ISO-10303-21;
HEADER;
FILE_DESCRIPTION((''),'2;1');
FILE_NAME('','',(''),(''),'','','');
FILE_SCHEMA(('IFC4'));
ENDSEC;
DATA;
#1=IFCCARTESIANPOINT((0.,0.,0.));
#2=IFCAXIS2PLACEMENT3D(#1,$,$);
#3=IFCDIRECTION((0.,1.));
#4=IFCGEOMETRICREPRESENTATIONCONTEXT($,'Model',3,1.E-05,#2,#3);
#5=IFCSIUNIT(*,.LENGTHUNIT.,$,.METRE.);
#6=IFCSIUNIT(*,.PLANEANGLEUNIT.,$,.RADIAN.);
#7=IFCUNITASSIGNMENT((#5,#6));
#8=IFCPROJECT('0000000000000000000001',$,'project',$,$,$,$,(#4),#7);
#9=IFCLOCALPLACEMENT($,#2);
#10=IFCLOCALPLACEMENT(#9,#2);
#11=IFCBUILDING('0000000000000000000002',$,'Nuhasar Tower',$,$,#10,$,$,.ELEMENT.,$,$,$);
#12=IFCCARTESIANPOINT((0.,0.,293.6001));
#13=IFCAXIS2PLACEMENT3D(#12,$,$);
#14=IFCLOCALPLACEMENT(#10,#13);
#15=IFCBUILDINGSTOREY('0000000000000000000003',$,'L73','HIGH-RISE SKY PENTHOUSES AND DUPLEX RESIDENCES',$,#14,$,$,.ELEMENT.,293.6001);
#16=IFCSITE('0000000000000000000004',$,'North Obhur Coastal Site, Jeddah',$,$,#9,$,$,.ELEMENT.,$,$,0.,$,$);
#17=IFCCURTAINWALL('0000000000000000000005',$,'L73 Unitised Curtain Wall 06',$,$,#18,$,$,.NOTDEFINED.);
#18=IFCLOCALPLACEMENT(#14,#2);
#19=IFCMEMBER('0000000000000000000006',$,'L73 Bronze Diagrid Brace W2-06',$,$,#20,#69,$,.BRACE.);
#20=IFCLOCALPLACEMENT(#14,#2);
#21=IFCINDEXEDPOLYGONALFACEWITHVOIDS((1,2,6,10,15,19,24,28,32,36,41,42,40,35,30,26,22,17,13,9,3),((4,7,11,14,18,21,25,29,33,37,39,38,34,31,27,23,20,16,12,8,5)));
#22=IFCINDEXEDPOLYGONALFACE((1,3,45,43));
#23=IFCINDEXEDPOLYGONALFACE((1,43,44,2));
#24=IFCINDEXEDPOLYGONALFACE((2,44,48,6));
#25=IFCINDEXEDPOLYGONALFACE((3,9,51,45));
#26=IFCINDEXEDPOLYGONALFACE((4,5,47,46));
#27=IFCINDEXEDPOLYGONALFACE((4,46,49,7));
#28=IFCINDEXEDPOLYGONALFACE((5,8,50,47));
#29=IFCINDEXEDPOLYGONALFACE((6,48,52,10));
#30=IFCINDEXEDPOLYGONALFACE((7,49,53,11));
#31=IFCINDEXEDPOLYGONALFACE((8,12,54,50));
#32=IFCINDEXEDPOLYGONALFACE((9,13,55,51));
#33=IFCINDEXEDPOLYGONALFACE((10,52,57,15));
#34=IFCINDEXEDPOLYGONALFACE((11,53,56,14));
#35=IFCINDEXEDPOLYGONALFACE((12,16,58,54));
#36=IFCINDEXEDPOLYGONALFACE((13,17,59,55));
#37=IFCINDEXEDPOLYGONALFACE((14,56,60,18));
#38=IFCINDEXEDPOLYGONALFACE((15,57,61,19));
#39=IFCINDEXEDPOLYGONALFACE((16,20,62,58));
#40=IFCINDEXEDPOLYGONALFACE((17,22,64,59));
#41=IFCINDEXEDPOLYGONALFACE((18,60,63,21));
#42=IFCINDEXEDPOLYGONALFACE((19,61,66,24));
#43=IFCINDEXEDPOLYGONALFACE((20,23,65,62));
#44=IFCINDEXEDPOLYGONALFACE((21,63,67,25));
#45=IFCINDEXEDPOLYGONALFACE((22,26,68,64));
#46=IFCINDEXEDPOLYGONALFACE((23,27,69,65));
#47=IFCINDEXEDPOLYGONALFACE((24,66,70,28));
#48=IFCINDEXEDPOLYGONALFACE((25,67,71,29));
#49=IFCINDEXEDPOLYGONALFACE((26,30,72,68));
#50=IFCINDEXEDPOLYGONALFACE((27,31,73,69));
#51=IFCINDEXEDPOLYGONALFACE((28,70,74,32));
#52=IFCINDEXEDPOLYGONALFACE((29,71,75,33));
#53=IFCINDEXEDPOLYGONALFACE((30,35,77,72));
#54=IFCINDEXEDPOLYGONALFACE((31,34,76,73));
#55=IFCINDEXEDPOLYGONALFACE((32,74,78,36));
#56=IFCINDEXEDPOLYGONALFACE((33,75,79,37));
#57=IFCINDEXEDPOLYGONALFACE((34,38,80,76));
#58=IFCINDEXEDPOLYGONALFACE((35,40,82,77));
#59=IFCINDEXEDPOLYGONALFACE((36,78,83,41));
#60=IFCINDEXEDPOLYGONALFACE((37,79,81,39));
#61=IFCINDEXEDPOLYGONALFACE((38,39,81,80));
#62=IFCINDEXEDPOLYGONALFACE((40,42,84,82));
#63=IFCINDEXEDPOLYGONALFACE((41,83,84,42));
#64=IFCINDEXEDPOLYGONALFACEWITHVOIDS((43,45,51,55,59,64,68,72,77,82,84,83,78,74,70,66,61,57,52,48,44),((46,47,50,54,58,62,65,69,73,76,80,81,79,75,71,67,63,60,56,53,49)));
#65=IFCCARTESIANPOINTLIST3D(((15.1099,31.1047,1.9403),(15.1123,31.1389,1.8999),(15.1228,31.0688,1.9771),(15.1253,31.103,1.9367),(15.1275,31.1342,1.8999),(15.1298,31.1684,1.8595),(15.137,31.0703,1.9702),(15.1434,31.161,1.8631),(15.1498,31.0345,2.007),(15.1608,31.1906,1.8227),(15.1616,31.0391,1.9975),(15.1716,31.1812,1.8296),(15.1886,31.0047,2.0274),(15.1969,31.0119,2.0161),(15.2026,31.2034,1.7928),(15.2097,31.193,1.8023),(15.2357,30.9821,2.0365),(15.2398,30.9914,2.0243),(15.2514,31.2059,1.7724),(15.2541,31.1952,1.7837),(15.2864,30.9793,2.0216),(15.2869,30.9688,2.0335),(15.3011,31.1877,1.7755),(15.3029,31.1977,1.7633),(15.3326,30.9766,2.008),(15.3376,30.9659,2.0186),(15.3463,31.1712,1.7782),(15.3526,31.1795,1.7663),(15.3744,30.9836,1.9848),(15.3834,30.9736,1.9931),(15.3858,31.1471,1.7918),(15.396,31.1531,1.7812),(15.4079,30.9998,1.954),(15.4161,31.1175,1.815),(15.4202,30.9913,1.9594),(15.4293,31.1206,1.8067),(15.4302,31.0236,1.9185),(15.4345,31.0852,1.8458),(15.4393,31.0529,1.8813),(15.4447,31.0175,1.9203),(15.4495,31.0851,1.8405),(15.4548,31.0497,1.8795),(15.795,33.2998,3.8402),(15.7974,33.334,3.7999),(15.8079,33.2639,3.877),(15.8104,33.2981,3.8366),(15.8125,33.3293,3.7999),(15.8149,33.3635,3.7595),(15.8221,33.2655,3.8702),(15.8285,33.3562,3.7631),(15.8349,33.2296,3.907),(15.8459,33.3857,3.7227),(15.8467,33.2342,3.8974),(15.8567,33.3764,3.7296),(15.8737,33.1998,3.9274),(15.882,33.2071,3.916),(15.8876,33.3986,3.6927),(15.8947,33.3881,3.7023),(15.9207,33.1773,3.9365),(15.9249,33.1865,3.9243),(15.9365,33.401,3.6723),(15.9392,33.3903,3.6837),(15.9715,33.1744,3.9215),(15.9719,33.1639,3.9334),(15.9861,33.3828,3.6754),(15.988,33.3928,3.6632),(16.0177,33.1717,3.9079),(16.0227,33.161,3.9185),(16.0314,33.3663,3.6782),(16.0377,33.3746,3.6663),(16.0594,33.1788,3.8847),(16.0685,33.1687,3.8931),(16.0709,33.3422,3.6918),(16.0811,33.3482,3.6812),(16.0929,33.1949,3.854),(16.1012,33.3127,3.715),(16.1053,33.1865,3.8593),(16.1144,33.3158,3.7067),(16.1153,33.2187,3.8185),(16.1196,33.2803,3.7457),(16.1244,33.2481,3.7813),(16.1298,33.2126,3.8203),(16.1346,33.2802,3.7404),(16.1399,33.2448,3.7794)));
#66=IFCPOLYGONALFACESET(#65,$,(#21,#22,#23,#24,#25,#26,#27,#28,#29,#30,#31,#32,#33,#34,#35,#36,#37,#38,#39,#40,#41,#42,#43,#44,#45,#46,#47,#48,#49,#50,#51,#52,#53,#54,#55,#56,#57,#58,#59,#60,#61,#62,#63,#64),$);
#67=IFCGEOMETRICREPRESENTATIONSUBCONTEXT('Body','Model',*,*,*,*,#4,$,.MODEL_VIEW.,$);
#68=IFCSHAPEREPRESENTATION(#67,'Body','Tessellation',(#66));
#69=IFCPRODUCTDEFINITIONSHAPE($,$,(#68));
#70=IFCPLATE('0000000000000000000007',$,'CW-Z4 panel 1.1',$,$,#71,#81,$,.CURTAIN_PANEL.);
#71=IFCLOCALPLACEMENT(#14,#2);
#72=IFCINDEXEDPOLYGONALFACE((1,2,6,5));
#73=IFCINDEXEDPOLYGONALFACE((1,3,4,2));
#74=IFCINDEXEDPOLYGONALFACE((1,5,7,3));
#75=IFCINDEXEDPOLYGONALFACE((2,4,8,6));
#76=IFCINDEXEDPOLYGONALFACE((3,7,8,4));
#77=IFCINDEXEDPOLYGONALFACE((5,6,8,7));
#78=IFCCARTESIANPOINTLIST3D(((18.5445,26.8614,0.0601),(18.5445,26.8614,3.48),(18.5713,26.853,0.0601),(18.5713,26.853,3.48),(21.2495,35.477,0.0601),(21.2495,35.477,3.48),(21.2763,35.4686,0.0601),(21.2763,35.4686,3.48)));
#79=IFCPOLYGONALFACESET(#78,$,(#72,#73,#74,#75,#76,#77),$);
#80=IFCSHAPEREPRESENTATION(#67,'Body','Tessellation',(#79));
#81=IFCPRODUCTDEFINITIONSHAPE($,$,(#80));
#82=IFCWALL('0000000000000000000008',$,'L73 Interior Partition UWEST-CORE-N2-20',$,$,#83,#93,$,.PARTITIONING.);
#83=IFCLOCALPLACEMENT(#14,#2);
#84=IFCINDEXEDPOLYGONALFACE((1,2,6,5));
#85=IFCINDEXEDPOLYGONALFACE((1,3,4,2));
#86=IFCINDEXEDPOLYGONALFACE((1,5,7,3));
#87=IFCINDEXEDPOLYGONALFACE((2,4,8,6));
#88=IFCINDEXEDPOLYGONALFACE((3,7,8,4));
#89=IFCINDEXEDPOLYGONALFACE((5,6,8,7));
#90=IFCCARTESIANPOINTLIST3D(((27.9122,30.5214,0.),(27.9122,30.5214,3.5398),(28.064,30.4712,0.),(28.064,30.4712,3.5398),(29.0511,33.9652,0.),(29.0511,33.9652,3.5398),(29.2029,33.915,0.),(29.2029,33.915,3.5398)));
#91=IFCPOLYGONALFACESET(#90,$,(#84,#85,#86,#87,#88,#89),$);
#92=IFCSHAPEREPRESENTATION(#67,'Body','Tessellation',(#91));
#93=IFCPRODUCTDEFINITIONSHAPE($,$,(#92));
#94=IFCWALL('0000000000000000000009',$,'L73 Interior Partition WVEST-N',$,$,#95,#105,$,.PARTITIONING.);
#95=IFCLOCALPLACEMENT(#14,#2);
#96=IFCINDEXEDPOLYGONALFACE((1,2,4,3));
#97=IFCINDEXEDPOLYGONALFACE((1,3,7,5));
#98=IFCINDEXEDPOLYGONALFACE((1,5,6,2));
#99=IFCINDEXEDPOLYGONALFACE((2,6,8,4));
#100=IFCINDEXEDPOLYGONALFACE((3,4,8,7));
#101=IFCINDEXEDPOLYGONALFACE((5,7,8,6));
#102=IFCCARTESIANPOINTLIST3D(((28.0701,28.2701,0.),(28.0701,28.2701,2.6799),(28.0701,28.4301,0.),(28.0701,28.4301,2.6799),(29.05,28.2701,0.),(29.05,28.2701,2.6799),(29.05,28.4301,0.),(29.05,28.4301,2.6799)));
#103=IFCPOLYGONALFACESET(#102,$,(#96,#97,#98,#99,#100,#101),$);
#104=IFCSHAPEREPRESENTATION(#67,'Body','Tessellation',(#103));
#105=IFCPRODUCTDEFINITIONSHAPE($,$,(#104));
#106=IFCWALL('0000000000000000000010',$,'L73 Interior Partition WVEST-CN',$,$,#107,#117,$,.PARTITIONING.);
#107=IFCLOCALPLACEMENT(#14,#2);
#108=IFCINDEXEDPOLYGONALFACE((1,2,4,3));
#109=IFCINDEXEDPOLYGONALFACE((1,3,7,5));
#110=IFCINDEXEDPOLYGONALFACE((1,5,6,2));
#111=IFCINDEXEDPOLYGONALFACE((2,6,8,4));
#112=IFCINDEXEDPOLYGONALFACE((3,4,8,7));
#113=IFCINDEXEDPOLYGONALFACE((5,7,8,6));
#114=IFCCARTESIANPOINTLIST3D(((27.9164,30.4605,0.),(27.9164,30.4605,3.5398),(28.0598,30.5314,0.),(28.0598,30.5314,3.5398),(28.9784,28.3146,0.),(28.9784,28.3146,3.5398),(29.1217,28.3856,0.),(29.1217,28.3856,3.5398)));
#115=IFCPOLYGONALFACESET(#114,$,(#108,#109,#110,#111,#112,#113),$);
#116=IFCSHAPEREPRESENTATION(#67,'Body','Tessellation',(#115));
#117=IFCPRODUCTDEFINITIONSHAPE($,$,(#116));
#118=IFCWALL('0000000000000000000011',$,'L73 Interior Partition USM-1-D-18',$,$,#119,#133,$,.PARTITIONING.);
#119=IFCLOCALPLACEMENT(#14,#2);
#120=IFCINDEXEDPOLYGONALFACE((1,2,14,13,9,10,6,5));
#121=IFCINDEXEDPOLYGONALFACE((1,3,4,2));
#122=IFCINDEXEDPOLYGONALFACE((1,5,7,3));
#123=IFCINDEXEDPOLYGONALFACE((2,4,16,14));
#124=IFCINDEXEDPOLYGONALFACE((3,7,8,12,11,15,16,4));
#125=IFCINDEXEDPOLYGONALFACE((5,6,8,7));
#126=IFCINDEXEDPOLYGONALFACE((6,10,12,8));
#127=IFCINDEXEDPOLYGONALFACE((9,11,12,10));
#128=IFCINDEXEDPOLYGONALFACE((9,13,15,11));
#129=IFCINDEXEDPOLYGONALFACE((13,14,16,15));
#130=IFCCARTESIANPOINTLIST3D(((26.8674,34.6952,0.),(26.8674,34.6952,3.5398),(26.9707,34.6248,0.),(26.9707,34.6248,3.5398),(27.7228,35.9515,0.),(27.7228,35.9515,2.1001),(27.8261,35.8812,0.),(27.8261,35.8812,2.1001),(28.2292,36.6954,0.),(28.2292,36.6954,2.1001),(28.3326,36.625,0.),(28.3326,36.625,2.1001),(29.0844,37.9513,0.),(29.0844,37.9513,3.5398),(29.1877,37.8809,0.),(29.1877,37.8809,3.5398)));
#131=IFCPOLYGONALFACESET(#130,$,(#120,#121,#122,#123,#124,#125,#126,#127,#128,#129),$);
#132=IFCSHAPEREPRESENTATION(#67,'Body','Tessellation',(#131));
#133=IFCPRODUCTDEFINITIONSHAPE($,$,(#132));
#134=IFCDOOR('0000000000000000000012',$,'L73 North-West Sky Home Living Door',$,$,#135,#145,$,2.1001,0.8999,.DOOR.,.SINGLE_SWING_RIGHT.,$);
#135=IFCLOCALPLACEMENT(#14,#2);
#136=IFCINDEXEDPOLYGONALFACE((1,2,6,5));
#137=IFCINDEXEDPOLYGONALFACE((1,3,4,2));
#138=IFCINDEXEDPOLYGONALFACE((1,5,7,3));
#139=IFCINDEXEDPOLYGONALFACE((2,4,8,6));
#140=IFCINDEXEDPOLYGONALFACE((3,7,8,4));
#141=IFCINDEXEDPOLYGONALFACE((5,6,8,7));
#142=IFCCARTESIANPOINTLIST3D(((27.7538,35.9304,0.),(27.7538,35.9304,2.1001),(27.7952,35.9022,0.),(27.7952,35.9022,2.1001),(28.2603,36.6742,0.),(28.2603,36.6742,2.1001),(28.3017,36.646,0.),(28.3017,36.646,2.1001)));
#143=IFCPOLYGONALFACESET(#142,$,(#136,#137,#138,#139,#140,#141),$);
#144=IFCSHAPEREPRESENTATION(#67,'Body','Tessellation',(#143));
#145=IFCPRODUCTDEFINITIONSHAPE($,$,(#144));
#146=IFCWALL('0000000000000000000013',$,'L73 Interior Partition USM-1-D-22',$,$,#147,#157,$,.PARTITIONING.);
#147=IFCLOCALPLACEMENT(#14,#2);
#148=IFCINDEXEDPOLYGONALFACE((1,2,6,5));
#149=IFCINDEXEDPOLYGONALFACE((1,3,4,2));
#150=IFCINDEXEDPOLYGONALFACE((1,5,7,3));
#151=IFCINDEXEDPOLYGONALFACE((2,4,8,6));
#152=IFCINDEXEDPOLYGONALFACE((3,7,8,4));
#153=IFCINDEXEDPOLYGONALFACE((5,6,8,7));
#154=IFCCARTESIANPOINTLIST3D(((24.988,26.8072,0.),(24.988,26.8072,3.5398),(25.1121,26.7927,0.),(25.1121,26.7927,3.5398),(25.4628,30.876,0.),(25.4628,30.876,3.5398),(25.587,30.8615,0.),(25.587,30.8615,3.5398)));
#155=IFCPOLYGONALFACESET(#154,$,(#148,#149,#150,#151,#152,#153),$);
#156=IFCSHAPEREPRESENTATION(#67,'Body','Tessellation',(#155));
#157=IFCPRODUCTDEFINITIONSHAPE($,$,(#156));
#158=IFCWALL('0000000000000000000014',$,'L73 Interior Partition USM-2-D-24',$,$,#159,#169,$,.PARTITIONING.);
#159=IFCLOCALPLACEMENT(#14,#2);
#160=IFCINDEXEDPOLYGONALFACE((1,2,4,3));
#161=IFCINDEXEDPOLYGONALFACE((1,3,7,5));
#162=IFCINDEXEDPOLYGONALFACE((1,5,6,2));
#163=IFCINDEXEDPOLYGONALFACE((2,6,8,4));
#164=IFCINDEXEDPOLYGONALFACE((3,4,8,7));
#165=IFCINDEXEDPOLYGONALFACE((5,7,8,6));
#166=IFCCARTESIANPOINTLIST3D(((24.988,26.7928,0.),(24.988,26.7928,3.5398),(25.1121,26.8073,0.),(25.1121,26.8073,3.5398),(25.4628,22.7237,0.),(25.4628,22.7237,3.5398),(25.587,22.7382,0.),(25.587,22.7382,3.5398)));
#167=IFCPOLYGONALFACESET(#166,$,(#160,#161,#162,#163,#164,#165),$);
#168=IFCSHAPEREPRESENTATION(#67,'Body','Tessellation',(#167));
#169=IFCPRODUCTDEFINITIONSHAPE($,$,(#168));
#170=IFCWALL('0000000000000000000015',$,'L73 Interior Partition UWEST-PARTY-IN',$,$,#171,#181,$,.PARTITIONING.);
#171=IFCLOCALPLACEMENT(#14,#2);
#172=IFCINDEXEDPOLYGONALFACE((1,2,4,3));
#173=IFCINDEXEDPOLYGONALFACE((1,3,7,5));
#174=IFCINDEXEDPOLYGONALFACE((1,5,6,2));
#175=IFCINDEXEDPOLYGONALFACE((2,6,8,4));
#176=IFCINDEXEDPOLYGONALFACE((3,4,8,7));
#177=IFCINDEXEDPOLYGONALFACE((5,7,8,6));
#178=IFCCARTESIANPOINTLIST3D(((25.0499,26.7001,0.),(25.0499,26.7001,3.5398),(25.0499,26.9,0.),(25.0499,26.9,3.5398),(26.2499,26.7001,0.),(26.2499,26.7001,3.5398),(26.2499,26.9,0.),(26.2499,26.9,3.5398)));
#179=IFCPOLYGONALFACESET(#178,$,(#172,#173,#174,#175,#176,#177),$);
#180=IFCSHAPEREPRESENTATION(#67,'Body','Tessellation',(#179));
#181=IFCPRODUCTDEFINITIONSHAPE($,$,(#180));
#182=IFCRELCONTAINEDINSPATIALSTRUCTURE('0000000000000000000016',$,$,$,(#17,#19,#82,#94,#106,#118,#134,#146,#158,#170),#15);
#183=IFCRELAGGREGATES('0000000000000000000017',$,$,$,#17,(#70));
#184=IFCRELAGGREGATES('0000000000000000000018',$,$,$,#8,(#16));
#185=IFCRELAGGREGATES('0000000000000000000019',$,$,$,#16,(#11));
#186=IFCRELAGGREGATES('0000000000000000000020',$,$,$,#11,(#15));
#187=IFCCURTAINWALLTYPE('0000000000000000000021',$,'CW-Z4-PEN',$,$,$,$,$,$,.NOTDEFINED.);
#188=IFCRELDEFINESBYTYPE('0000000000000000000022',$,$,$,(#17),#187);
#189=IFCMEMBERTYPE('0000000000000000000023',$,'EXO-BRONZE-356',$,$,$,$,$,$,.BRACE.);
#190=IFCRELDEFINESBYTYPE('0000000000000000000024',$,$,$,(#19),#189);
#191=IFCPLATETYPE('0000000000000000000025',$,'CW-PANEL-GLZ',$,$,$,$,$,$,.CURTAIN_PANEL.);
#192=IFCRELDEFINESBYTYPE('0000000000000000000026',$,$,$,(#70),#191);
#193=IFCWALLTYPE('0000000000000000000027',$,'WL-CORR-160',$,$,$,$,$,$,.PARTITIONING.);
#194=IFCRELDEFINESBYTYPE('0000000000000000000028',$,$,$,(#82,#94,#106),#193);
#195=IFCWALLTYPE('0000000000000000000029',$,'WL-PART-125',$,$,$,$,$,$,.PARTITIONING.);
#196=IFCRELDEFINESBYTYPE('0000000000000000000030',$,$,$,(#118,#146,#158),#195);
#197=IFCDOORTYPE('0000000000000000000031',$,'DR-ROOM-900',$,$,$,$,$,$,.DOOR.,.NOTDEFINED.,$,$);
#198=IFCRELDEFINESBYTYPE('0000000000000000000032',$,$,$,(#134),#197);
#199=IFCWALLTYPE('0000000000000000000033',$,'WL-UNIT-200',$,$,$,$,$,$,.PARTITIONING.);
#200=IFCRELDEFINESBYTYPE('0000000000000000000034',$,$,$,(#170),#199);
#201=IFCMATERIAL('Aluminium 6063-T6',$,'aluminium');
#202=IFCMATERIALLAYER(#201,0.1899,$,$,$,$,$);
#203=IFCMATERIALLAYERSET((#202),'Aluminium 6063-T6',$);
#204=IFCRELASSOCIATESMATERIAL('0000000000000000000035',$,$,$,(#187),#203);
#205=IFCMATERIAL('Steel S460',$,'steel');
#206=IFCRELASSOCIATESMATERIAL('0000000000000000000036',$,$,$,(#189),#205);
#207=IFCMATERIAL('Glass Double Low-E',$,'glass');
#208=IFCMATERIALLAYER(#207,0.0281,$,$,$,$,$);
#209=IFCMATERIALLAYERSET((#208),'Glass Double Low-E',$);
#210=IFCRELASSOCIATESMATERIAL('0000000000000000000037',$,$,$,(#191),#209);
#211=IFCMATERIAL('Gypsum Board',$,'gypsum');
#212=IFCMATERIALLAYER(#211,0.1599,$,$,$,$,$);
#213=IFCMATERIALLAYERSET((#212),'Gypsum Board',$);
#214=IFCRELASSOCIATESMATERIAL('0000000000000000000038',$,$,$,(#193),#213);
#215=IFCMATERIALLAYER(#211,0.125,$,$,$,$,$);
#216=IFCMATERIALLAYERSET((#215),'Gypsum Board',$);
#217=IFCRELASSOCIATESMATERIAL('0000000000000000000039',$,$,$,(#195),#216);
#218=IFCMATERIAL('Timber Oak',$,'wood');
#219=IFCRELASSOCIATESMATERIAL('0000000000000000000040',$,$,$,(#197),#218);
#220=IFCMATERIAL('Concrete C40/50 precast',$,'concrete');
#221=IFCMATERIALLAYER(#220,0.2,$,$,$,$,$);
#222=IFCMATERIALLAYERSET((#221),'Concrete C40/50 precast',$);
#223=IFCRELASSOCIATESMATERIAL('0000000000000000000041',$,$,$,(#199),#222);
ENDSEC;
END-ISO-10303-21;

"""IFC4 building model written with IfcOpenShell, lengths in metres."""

from ifc_helpers import new_model, si_unit, direction, frame, frame_2d, origin, origin_2d, place, context, subcontext, project, spatial, rectangle, hollow_circle, extrude, material, layer, layer_set, material_profile, profile_set, type_object, element, fill, aggregate, save


model = new_model("IFC4")

# Units and contexts
model_context = context("Model", 3, precision=1e-05, world=origin(), true_north=direction((0.0, 1.0)))
body_context = subcontext(model_context, "Body", "Model", "MODEL_VIEW")
ifc_project = project(units=[si_unit("LENGTHUNIT", "METRE"), si_unit("PLANEANGLEUNIT", "RADIAN")], contexts=[model_context])

# Site, building, storey
site_placement = place(None, origin())
site = spatial("IfcSite", under=ifc_project, at=site_placement, Name="North Obhur Coastal Site, Jeddah", CompositionType="ELEMENT", RefElevation=0.0)
building_placement = place(site_placement, origin())
building = spatial("IfcBuilding", under=site, at=building_placement, Name="Nuhasar Tower", CompositionType="ELEMENT")
storey_placement = place(building_placement, frame((0.0, 0.0, 293.6001)))
storey = spatial("IfcBuildingStorey", under=building, at=storey_placement, Name="L73", Description="HIGH-RISE SKY PENTHOUSES AND DUPLEX RESIDENCES", CompositionType="ELEMENT", Elevation=293.6001)

# Curtain wall
ifc_material_1 = material(Name="Aluminium 6063-T6", Category="aluminium")
ifc_layer_1 = layer(ifc_material_1, 0.1899)
ifc_layer_set_1 = layer_set([ifc_layer_1], Name="Aluminium 6063-T6")
curtain_wall_type = type_object("IfcCurtainWallType", Name="CW-Z4-PEN", PredefinedType="NOTDEFINED", material=ifc_layer_set_1)
curtain_wall_placement = place(storey_placement, origin())
curtain_wall = element("IfcCurtainWall", 1, at=curtain_wall_placement, inside=storey, type_object=curtain_wall_type, Name="L73 Unitised Curtain Wall 06", PredefinedType="NOTDEFINED")

# Member
ifc_material_2 = material(Name="Steel S460", Category="steel")
ifc_material_profile_1 = material_profile(ifc_material_2, hollow_circle(Radius=0.1777, WallThickness=0.0159, at=origin_2d()), Name="HSS355.6X15.9")
ifc_profile_set_1 = profile_set([ifc_material_profile_1], Name="Steel S460")
member_type_1 = type_object("IfcMemberType", Name="EXO-BRONZE-356", PredefinedType="BRACE", material=ifc_profile_set_1)
for number, where, z_axis, x_axis, name in (
    (2, (15.282, 31.0859, 1.8999), (0.229668, 0.735902, 0.636947), (-0.954591, 0.297918, 0.0), "L73 Bronze Diagrid Brace W2-06"),
):
    element("IfcMember", number, at=place(storey_placement, frame(where, z_axis=z_axis, x_axis=x_axis)), inside=storey, type_object=member_type_1, Name=name, PredefinedType="BRACE", context=body_context, shape_type="SweptSolid", body=[
        extrude(hollow_circle(Radius=0.1777, WallThickness=0.0159, at=origin_2d()), origin(), (0.0, 0.0, 1.0), 2.9829),
    ])

# Plate
ifc_material_3 = material(Name="Glass Double Low-E", Category="glass")
ifc_layer_2 = layer(ifc_material_3, 0.0281)
ifc_layer_set_2 = layer_set([ifc_layer_2], Name="Glass Double Low-E")
plate_type = type_object("IfcPlateType", Name="CW-PANEL-GLZ", PredefinedType="CURTAIN_PANEL", material=ifc_layer_set_2)
plate_placement = place(storey_placement, frame((19.9104, 31.165, 0.0601), z_axis=(0.0, 0.0, 1.0), x_axis=(-0.299557, -0.954079, 0.0)))
plate = element("IfcPlate", 3, at=plate_placement, type_object=plate_type, Name="CW-Z4 panel 1.1", PredefinedType="CURTAIN_PANEL", context=body_context, shape_type="SweptSolid", body=[
    extrude(rectangle(XDim=9.0303, YDim=0.0281, at=origin_2d()), origin(), (0.0, 0.0, 1.0), 3.4199),
])
aggregate(curtain_wall, [plate])

# Wall
ifc_material_4 = material(Name="Gypsum Board", Category="gypsum")
ifc_layer_3 = layer(ifc_material_4, 0.1599)
ifc_layer_set_3 = layer_set([ifc_layer_3], Name="Gypsum Board")
wall_type_1 = type_object("IfcWallType", Name="WL-CORR-160", PredefinedType="PARTITIONING", material=ifc_layer_set_3)
wall_1_placement = place(storey_placement, frame((29.127, 33.9399, 0.0), z_axis=(0.0, 0.0, 1.0), x_axis=(-0.313986, -0.949428, 0.0)))
element("IfcWall", 4, at=wall_1_placement, inside=storey, type_object=wall_type_1, Name="L73 Interior Partition UWEST-CORE-N2-20", PredefinedType="PARTITIONING", context=body_context, shape_type="SweptSolid", body=[
    extrude(rectangle(XDim=3.6272, YDim=0.1599, at=frame_2d((1.8135, 0.0))), origin(), (0.0, 0.0, 1.0), 3.5398),
])

# Shared definitions
ifc_material_5 = material(Name="Timber Oak", Category="wood")

# Walls
wall_2_placement = place(storey_placement, frame((28.0701, 28.3501, 0.0), z_axis=(0.0, 0.0, 1.0), x_axis=(1.0, 0.0, 0.0)))
element("IfcWall", 5, at=wall_2_placement, inside=storey, type_object=wall_type_1, Name="L73 Interior Partition WVEST-N", PredefinedType="PARTITIONING", context=body_context, shape_type="SweptSolid", body=[
    extrude(rectangle(XDim=0.98, YDim=0.1599, at=frame_2d((0.49, 0.0))), origin(), (0.0, 0.0, 1.0), 2.6799),
])
wall_3_placement = place(storey_placement, frame((27.988, 30.4961, 0.0), z_axis=(0.0, 0.0, 1.0), x_axis=(0.443539, -0.896255, 0.0)))
element("IfcWall", 6, at=wall_3_placement, inside=storey, type_object=wall_type_1, Name="L73 Interior Partition WVEST-CN", PredefinedType="PARTITIONING", context=body_context, shape_type="SweptSolid", body=[
    extrude(rectangle(XDim=2.3943, YDim=0.1599, at=frame_2d((1.1973, 0.0))), origin(), (0.0, 0.0, 1.0), 3.5398),
])

# Wall, opening, door
ifc_layer_4 = layer(ifc_material_4, 0.125)
ifc_layer_set_4 = layer_set([ifc_layer_4], Name="Gypsum Board")
wall_type_2 = type_object("IfcWallType", Name="WL-PART-125", PredefinedType="PARTITIONING", material=ifc_layer_set_4)
wall_4_placement = place(storey_placement, frame((26.9189, 34.6599, 0.0), z_axis=(0.0, 0.0, 1.0), x_axis=(0.562812, 0.826585, 0.0)))
wall_4 = element("IfcWall", 7, at=wall_4_placement, inside=storey, type_object=wall_type_2, Name="L73 Interior Partition USM-1-D-18", PredefinedType="PARTITIONING", context=body_context, shape_type="SweptSolid", body=[
    extrude(rectangle(XDim=3.9392, YDim=0.125, at=frame_2d((1.9697, 0.0))), origin(), (0.0, 0.0, 1.0), 3.5398),
])
opening_1_placement = place(wall_4_placement, frame((1.52, 0.0, 0.0)))
opening_1 = element("IfcOpeningElement", 8, at=opening_1_placement, cuts=wall_4, PredefinedType="OPENING", context=body_context, shape_type="SweptSolid", body=[
    extrude(rectangle(XDim=0.8999, YDim=2.1001, at=frame_2d((0.45, 1.05))), frame((0.0, 0.0725, 0.0), z_axis=(0.0, -1.0, 0.0), x_axis=(1.0, 0.0, 0.0)), (0.0, 0.0, 1.0), 0.145),
])
door_type_1 = type_object("IfcDoorType", Name="DR-ROOM-900", OperationType="NOTDEFINED", PredefinedType="DOOR", material=ifc_material_5)
door_1_placement = place(opening_1_placement, origin())
door_1 = element("IfcDoor", 9, at=door_1_placement, inside=storey, type_object=door_type_1, Name="L73 North-West Sky Home Living Door", OperationType="SINGLE_SWING_RIGHT", OverallHeight=2.1001, OverallWidth=0.8999, PredefinedType="DOOR", context=body_context, shape_type="SweptSolid", body=[
    extrude(rectangle(XDim=0.8999, YDim=2.1001, at=frame_2d((0.45, 1.05))), frame((0.0, 0.0249, 0.0), z_axis=(0.0, -1.0, 0.0), x_axis=(1.0, 0.0, 0.0)), (0.0, 0.0, 1.0), 0.05),
])
fill(opening_1, door_1)

# Walls
wall_5_placement = place(storey_placement, frame((25.5249, 30.8689, 0.0), z_axis=(0.0, 0.0, 1.0), x_axis=(-0.115918, -0.993259, 0.0)))
element("IfcWall", 10, at=wall_5_placement, inside=storey, type_object=wall_type_2, Name="L73 Interior Partition USM-1-D-22", PredefinedType="PARTITIONING", context=body_context, shape_type="SweptSolid", body=[
    extrude(rectangle(XDim=4.0964, YDim=0.125, at=frame_2d((2.0483, 0.0))), origin(), (0.0, 0.0, 1.0), 3.5398),
])
wall_6_placement = place(storey_placement, frame((25.05, 26.8, 0.0), z_axis=(0.0, 0.0, 1.0), x_axis=(0.115911, -0.99326, 0.0)))
element("IfcWall", 11, at=wall_6_placement, inside=storey, type_object=wall_type_2, Name="L73 Interior Partition USM-2-D-24", PredefinedType="PARTITIONING", context=body_context, shape_type="SweptSolid", body=[
    extrude(rectangle(XDim=4.0967, YDim=0.125, at=frame_2d((2.0483, 0.0))), origin(), (0.0, 0.0, 1.0), 3.5398),
])
ifc_material_6 = material(Name="Concrete C40/50 precast", Category="concrete")
ifc_layer_5 = layer(ifc_material_6, 0.2)
ifc_layer_set_5 = layer_set([ifc_layer_5], Name="Concrete C40/50 precast")
wall_type_3 = type_object("IfcWallType", Name="WL-UNIT-200", PredefinedType="PARTITIONING", material=ifc_layer_set_5)
wall_7_placement = place(storey_placement, frame((26.25, 26.8, 0.0), z_axis=(0.0, 0.0, 1.0), x_axis=(-1.0, 0.0, 0.0)))
element("IfcWall", 12, at=wall_7_placement, inside=storey, type_object=wall_type_3, Name="L73 Interior Partition UWEST-PARTY-IN", PredefinedType="PARTITIONING", context=body_context, shape_type="SweptSolid", body=[
    extrude(rectangle(XDim=1.2, YDim=0.2, at=frame_2d((0.6001, 0.0))), origin(), (0.0, 0.0, 1.0), 3.5398),
])

save(model, "model.ifc")
